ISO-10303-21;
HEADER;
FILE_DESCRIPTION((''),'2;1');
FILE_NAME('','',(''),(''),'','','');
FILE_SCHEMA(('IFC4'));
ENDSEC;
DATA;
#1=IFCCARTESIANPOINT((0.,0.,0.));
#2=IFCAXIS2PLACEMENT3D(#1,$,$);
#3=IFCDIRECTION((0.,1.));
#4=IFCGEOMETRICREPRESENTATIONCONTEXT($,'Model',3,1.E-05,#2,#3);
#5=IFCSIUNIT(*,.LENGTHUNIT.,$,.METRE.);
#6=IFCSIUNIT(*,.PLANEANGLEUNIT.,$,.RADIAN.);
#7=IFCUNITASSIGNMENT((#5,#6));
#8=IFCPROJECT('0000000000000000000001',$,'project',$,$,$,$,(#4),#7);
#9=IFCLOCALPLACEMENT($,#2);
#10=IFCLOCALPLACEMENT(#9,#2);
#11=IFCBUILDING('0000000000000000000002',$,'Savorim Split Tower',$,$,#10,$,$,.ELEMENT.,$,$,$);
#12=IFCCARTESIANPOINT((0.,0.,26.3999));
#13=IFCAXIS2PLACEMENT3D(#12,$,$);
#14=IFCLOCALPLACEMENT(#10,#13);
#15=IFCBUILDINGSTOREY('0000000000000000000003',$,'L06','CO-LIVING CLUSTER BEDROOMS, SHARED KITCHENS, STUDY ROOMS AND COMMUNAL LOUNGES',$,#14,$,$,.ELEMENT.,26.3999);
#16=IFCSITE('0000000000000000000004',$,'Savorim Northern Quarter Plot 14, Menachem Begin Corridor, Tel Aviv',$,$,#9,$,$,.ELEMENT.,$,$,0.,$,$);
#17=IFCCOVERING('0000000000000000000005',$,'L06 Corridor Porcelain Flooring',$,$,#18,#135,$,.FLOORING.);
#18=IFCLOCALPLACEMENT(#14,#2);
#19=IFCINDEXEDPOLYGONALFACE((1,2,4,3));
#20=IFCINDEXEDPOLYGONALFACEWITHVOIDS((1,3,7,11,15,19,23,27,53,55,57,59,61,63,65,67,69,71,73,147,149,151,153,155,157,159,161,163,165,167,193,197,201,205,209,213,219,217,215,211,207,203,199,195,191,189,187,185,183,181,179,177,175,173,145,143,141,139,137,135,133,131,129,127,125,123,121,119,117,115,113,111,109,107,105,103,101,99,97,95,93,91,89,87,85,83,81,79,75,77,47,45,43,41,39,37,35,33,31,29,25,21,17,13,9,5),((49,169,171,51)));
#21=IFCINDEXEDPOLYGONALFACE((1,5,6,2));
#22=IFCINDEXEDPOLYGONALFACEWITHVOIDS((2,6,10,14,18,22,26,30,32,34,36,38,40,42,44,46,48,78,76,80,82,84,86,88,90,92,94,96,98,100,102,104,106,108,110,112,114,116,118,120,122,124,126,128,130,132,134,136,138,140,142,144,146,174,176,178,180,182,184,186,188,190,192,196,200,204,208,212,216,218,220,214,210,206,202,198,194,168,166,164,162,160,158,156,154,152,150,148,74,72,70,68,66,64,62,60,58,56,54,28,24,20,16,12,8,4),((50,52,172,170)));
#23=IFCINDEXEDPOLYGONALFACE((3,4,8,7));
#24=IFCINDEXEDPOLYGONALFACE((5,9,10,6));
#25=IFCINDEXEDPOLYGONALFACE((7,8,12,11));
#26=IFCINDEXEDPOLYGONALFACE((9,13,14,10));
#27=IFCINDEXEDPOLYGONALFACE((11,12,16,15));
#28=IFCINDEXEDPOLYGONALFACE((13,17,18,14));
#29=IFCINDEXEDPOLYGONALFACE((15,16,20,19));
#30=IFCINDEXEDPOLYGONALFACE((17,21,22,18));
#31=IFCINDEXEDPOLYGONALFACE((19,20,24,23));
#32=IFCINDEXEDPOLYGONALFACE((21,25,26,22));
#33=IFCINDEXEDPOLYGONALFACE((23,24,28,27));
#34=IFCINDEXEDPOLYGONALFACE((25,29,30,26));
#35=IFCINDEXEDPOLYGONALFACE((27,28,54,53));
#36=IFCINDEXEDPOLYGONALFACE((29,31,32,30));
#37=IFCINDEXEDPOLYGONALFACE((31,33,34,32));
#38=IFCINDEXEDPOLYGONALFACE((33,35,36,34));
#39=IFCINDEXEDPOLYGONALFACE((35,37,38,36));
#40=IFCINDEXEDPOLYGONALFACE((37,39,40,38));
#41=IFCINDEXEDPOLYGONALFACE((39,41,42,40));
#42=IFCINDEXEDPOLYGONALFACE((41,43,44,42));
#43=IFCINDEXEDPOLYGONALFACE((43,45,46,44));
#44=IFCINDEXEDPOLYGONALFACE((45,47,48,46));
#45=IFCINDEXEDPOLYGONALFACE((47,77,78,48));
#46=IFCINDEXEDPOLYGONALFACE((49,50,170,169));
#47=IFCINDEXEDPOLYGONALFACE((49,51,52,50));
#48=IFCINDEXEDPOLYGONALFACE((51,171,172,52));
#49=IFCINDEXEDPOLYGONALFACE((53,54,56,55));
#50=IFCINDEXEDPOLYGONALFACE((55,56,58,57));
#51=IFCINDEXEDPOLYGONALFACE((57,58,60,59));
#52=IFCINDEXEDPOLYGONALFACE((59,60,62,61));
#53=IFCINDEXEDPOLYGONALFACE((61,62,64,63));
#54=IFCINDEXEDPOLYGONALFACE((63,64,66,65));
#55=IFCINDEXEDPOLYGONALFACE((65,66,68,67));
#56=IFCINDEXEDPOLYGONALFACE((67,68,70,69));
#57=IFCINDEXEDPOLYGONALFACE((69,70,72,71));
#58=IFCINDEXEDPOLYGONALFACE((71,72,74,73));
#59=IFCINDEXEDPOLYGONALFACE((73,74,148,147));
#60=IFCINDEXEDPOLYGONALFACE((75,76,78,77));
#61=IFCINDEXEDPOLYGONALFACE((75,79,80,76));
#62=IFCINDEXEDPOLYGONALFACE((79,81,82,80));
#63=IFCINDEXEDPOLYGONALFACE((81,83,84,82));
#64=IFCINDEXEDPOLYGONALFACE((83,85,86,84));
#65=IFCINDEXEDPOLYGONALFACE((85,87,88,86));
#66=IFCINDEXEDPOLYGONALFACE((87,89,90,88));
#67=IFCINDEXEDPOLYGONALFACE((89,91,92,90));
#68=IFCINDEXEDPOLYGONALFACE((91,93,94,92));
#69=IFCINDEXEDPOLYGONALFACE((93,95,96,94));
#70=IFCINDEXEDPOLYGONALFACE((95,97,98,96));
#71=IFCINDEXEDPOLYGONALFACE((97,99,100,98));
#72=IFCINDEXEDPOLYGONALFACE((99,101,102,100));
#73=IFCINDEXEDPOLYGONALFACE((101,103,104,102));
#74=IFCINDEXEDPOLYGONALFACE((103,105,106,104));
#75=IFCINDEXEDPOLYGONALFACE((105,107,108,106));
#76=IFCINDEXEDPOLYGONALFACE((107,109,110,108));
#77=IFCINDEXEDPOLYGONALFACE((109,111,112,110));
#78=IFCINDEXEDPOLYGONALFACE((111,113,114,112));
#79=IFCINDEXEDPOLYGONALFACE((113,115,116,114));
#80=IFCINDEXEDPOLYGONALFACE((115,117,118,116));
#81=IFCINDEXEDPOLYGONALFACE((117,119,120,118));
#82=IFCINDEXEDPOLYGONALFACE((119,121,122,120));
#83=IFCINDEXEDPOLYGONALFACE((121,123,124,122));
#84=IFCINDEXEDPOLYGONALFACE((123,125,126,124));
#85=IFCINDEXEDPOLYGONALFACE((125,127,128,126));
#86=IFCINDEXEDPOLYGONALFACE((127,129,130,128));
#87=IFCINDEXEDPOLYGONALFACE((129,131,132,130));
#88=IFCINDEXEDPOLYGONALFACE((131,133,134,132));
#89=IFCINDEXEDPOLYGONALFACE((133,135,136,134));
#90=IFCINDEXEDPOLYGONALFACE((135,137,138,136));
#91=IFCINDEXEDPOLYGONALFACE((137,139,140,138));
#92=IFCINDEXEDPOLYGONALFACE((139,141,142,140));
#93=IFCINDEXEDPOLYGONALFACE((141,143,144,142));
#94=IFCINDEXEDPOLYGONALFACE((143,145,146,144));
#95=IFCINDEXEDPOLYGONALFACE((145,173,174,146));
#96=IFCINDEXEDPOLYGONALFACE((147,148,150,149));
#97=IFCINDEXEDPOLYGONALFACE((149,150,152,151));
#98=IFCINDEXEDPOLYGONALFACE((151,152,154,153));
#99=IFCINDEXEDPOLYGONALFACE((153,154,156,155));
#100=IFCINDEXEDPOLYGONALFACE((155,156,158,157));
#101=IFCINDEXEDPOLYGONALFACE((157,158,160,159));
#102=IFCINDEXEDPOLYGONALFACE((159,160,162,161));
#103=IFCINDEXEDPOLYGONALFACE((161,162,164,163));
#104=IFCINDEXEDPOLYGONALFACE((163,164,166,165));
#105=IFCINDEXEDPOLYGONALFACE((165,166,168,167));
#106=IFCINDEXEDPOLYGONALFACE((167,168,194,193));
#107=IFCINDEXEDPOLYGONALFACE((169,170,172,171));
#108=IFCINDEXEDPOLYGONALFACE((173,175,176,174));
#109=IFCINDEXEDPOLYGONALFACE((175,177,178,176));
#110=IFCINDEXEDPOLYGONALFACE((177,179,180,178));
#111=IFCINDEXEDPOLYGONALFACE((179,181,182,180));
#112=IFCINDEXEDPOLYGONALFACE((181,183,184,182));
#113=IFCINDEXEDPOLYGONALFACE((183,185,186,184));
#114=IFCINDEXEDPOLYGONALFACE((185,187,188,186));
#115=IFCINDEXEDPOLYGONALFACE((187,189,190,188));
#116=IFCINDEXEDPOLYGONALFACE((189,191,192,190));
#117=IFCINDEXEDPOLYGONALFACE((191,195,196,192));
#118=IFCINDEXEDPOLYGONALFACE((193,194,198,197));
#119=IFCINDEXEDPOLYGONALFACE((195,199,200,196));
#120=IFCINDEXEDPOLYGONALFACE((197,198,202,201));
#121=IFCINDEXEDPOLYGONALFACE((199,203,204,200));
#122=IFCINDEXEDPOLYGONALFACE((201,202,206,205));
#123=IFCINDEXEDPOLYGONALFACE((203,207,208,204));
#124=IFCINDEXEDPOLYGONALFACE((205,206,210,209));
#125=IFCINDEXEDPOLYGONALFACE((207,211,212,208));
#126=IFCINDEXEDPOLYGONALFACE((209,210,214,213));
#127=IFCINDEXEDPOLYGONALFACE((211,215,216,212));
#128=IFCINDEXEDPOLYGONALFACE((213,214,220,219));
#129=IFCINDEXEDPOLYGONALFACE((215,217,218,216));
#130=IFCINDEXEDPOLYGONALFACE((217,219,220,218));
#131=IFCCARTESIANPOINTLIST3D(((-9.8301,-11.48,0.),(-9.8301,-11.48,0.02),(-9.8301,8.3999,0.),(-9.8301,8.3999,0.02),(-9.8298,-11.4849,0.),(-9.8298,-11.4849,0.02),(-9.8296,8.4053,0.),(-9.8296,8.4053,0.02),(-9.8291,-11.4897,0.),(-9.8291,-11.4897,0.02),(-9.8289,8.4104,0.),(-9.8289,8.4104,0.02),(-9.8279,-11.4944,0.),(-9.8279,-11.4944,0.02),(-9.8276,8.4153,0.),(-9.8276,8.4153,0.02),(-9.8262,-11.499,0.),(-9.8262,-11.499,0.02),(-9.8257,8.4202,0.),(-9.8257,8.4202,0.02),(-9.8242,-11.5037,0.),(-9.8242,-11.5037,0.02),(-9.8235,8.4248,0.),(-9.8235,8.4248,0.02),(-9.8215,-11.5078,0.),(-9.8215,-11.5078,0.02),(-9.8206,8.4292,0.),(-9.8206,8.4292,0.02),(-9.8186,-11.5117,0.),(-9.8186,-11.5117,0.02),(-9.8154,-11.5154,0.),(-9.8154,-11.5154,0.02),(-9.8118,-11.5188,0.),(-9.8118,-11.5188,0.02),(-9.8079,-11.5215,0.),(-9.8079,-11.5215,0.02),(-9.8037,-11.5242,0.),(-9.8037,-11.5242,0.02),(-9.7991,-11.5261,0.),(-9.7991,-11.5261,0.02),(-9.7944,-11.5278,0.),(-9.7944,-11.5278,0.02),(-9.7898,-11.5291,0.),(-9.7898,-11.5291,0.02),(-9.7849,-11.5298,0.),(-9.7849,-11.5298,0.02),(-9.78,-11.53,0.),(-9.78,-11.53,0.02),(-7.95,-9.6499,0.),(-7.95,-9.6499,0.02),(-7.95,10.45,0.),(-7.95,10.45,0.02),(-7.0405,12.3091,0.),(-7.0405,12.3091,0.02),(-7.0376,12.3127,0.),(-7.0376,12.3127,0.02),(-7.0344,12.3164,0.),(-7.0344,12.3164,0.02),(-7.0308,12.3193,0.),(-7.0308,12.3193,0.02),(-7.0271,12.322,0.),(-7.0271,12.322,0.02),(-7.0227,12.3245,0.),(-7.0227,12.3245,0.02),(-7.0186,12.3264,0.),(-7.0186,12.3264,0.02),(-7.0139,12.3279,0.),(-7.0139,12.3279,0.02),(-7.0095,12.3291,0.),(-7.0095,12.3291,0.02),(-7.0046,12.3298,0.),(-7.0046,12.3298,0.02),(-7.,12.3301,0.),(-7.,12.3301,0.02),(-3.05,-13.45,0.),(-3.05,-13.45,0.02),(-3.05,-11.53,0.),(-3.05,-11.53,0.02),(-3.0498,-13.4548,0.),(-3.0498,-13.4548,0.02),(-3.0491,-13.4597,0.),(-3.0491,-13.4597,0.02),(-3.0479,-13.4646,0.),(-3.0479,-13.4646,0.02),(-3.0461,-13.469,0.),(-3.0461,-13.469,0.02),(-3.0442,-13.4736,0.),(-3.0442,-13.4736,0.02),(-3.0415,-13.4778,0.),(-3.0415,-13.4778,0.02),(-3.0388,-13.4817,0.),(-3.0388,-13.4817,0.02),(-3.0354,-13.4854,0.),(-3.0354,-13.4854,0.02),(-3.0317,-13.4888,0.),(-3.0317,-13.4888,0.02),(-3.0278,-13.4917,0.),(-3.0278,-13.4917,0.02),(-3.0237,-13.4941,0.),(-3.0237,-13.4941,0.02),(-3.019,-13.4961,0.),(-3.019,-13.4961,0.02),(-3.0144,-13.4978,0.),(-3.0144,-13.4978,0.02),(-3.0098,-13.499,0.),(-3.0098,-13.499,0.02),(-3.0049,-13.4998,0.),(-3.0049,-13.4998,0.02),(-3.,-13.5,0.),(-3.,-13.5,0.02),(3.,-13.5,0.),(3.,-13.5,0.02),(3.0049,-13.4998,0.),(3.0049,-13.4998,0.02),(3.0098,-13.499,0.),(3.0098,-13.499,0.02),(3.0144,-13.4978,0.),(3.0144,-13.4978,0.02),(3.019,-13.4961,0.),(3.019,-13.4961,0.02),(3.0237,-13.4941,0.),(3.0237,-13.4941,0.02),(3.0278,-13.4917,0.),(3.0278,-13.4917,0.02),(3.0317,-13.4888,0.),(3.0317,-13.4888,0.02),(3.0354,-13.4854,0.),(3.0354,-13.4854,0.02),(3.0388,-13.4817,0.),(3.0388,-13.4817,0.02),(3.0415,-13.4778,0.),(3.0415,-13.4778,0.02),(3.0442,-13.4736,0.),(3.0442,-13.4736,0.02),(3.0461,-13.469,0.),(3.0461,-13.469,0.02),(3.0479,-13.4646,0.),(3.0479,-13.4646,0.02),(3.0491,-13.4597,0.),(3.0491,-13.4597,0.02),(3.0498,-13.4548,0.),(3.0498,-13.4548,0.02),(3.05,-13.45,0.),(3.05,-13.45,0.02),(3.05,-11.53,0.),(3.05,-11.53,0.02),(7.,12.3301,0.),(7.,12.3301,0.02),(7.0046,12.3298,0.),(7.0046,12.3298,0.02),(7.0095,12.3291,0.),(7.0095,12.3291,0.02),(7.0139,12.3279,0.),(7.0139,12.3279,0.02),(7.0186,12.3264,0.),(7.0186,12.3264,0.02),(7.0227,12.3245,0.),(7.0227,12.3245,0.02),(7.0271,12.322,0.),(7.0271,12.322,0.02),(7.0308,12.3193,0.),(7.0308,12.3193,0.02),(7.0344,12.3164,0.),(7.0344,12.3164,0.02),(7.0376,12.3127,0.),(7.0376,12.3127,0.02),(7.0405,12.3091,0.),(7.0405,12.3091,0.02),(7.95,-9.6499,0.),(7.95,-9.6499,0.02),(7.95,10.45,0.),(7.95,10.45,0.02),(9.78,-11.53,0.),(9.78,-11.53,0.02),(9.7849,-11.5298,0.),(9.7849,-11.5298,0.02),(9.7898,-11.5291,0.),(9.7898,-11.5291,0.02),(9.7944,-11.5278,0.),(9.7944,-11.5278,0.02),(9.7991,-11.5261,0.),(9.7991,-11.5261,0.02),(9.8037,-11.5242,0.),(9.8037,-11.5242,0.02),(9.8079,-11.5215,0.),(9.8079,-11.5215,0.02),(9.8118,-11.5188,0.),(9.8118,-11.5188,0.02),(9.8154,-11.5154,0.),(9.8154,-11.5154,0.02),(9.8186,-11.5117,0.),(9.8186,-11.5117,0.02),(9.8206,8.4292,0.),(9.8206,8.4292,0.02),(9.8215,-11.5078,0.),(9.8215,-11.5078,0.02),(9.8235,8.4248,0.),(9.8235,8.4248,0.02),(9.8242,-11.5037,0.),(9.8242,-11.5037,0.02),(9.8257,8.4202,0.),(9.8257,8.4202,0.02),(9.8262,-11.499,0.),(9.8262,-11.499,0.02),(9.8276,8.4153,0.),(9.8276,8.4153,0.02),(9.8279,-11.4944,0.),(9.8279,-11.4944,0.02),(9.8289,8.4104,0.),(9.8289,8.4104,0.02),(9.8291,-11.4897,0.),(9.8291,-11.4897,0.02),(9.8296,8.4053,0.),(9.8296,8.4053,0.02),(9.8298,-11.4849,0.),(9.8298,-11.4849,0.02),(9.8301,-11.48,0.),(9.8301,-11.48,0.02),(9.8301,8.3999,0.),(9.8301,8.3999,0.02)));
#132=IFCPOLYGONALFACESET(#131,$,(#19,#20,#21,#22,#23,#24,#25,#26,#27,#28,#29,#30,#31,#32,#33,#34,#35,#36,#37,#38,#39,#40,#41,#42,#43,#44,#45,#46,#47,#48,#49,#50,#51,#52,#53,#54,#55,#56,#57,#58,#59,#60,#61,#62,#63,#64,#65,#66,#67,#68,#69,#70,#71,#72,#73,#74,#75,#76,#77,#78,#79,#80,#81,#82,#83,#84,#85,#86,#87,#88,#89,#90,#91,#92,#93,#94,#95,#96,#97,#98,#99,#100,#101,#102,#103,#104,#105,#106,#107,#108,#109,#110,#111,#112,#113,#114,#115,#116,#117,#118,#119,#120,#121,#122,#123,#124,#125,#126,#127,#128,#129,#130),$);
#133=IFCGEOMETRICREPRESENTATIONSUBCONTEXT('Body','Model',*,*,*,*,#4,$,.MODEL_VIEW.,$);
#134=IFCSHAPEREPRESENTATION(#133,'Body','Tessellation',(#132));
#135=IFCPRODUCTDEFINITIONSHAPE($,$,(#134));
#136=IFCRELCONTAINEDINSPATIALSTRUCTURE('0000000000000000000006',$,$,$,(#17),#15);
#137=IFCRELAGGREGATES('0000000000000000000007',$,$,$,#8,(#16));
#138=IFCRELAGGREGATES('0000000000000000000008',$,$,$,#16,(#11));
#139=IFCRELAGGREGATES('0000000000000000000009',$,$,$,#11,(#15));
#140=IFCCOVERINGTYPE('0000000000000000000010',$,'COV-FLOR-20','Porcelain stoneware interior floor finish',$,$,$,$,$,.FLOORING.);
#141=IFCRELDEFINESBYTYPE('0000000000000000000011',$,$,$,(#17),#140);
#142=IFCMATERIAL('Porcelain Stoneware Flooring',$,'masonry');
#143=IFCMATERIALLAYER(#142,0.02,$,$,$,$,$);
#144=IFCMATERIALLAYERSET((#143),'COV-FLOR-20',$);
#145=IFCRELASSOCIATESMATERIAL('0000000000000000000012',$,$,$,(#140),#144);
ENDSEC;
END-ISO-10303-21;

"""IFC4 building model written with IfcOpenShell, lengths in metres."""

from ifc_helpers import new_model, si_unit, direction, frame, origin, place, context, subcontext, project, spatial, polyline, outline, extrude, material, layer, layer_set, type_object, element, save


model = new_model("IFC4")

# Units and contexts
model_context = context("Model", 3, precision=1e-05, world=origin(), true_north=direction((0.0, 1.0)))
body_context = subcontext(model_context, "Body", "Model", "MODEL_VIEW")
ifc_project = project(units=[si_unit("LENGTHUNIT", "METRE"), si_unit("PLANEANGLEUNIT", "RADIAN")], contexts=[model_context])

# Site, building, storey
site_placement = place(None, origin())
site = spatial("IfcSite", under=ifc_project, at=site_placement, Name="Savorim Northern Quarter Plot 14, Menachem Begin Corridor, Tel Aviv", CompositionType="ELEMENT", RefElevation=0.0)
building_placement = place(site_placement, origin())
building = spatial("IfcBuilding", under=site, at=building_placement, Name="Savorim Split Tower", CompositionType="ELEMENT")
storey_placement = place(building_placement, frame((0.0, 0.0, 26.3999)))
storey = spatial("IfcBuildingStorey", under=building, at=storey_placement, Name="L06", Description="CO-LIVING CLUSTER BEDROOMS, SHARED KITCHENS, STUDY ROOMS AND COMMUNAL LOUNGES", CompositionType="ELEMENT", Elevation=26.3999)

# Covering
ifc_material_1 = material(Name="Porcelain Stoneware Flooring", Category="masonry")
ifc_layer_1 = layer(ifc_material_1, 0.02)
ifc_layer_set_1 = layer_set([ifc_layer_1], Name="COV-FLOR-20")
covering_type_1 = type_object("IfcCoveringType", Name="COV-FLOR-20", Description="Porcelain stoneware interior floor finish", PredefinedType="FLOORING", material=ifc_layer_set_1)
covering_1_placement = place(storey_placement, origin())
element("IfcCovering", 1, at=covering_1_placement, inside=storey, type_object=covering_type_1, Name="L06 Corridor Porcelain Flooring", PredefinedType="FLOORING", context=body_context, shape_type="SweptSolid", body=[
    extrude(outline(polyline([(7.0095, 12.3291), (7.0046, 12.3298), (7.0, 12.3301), (-7.0, 12.3301), (-7.0046, 12.3298), (-7.0095, 12.3291), (-7.0139, 12.3279), (-7.0186, 12.3264), (-7.0227, 12.3245), (-7.0271, 12.322), (-7.0308, 12.3193), (-7.0344, 12.3164), (-7.0376, 12.3127), (-7.0405, 12.3091), (-9.8206, 8.4292), (-9.8235, 8.4248), (-9.8257, 8.4202), (-9.8276, 8.4153), (-9.8289, 8.4104), (-9.8296, 8.4053), (-9.8301, 8.3999), (-9.8301, -11.48), (-9.8298, -11.4849), (-9.8291, -11.4897), (-9.8279, -11.4944), (-9.8262, -11.499), (-9.8242, -11.5037), (-9.8215, -11.5078), (-9.8186, -11.5117), (-9.8154, -11.5154), (-9.8118, -11.5188), (-9.8079, -11.5215), (-9.8037, -11.5242), (-9.7991, -11.5261), (-9.7944, -11.5278), (-9.7898, -11.5291), (-9.7849, -11.5298), (-9.78, -11.53), (-3.05, -11.53), (-3.05, -13.45), (-3.0498, -13.4548), (-3.0491, -13.4597), (-3.0479, -13.4646), (-3.0461, -13.469), (-3.0442, -13.4736), (-3.0415, -13.4778), (-3.0388, -13.4817), (-3.0354, -13.4854), (-3.0317, -13.4888), (-3.0278, -13.4917), (-3.0237, -13.4941), (-3.019, -13.4961), (-3.0144, -13.4978), (-3.0098, -13.499), (-3.0049, -13.4998), (-3.0, -13.5), (3.0, -13.5), (3.0049, -13.4998), (3.0098, -13.499), (3.0144, -13.4978), (3.019, -13.4961), (3.0237, -13.4941), (3.0278, -13.4917), (3.0317, -13.4888), (3.0354, -13.4854), (3.0388, -13.4817), (3.0415, -13.4778), (3.0442, -13.4736), (3.0461, -13.469), (3.0479, -13.4646), (3.0491, -13.4597), (3.0498, -13.4548), (3.05, -13.45), (3.05, -11.53), (9.78, -11.53), (9.7849, -11.5298), (9.7898, -11.5291), (9.7944, -11.5278), (9.7991, -11.5261), (9.8037, -11.5242), (9.8079, -11.5215), (9.8118, -11.5188), (9.8154, -11.5154), (9.8186, -11.5117), (9.8215, -11.5078), (9.8242, -11.5037), (9.8262, -11.499), (9.8279, -11.4944), (9.8291, -11.4897), (9.8298, -11.4849), (9.8301, -11.48), (9.8301, 8.3999), (9.8296, 8.4053), (9.8289, 8.4104), (9.8276, 8.4153), (9.8257, 8.4202), (9.8235, 8.4248), (9.8206, 8.4292), (7.0405, 12.3091), (7.0376, 12.3127), (7.0344, 12.3164), (7.0308, 12.3193), (7.0271, 12.322), (7.0227, 12.3245), (7.0186, 12.3264), (7.0139, 12.3279), (7.0095, 12.3291)]), holes=[polyline([(-7.95, 10.45), (-7.95, -9.6499), (7.95, -9.6499), (7.95, 10.45), (-7.95, 10.45)])]), origin(), (0.0, 0.0, 1.0), 0.02),
])

save(model, "model.ifc")
